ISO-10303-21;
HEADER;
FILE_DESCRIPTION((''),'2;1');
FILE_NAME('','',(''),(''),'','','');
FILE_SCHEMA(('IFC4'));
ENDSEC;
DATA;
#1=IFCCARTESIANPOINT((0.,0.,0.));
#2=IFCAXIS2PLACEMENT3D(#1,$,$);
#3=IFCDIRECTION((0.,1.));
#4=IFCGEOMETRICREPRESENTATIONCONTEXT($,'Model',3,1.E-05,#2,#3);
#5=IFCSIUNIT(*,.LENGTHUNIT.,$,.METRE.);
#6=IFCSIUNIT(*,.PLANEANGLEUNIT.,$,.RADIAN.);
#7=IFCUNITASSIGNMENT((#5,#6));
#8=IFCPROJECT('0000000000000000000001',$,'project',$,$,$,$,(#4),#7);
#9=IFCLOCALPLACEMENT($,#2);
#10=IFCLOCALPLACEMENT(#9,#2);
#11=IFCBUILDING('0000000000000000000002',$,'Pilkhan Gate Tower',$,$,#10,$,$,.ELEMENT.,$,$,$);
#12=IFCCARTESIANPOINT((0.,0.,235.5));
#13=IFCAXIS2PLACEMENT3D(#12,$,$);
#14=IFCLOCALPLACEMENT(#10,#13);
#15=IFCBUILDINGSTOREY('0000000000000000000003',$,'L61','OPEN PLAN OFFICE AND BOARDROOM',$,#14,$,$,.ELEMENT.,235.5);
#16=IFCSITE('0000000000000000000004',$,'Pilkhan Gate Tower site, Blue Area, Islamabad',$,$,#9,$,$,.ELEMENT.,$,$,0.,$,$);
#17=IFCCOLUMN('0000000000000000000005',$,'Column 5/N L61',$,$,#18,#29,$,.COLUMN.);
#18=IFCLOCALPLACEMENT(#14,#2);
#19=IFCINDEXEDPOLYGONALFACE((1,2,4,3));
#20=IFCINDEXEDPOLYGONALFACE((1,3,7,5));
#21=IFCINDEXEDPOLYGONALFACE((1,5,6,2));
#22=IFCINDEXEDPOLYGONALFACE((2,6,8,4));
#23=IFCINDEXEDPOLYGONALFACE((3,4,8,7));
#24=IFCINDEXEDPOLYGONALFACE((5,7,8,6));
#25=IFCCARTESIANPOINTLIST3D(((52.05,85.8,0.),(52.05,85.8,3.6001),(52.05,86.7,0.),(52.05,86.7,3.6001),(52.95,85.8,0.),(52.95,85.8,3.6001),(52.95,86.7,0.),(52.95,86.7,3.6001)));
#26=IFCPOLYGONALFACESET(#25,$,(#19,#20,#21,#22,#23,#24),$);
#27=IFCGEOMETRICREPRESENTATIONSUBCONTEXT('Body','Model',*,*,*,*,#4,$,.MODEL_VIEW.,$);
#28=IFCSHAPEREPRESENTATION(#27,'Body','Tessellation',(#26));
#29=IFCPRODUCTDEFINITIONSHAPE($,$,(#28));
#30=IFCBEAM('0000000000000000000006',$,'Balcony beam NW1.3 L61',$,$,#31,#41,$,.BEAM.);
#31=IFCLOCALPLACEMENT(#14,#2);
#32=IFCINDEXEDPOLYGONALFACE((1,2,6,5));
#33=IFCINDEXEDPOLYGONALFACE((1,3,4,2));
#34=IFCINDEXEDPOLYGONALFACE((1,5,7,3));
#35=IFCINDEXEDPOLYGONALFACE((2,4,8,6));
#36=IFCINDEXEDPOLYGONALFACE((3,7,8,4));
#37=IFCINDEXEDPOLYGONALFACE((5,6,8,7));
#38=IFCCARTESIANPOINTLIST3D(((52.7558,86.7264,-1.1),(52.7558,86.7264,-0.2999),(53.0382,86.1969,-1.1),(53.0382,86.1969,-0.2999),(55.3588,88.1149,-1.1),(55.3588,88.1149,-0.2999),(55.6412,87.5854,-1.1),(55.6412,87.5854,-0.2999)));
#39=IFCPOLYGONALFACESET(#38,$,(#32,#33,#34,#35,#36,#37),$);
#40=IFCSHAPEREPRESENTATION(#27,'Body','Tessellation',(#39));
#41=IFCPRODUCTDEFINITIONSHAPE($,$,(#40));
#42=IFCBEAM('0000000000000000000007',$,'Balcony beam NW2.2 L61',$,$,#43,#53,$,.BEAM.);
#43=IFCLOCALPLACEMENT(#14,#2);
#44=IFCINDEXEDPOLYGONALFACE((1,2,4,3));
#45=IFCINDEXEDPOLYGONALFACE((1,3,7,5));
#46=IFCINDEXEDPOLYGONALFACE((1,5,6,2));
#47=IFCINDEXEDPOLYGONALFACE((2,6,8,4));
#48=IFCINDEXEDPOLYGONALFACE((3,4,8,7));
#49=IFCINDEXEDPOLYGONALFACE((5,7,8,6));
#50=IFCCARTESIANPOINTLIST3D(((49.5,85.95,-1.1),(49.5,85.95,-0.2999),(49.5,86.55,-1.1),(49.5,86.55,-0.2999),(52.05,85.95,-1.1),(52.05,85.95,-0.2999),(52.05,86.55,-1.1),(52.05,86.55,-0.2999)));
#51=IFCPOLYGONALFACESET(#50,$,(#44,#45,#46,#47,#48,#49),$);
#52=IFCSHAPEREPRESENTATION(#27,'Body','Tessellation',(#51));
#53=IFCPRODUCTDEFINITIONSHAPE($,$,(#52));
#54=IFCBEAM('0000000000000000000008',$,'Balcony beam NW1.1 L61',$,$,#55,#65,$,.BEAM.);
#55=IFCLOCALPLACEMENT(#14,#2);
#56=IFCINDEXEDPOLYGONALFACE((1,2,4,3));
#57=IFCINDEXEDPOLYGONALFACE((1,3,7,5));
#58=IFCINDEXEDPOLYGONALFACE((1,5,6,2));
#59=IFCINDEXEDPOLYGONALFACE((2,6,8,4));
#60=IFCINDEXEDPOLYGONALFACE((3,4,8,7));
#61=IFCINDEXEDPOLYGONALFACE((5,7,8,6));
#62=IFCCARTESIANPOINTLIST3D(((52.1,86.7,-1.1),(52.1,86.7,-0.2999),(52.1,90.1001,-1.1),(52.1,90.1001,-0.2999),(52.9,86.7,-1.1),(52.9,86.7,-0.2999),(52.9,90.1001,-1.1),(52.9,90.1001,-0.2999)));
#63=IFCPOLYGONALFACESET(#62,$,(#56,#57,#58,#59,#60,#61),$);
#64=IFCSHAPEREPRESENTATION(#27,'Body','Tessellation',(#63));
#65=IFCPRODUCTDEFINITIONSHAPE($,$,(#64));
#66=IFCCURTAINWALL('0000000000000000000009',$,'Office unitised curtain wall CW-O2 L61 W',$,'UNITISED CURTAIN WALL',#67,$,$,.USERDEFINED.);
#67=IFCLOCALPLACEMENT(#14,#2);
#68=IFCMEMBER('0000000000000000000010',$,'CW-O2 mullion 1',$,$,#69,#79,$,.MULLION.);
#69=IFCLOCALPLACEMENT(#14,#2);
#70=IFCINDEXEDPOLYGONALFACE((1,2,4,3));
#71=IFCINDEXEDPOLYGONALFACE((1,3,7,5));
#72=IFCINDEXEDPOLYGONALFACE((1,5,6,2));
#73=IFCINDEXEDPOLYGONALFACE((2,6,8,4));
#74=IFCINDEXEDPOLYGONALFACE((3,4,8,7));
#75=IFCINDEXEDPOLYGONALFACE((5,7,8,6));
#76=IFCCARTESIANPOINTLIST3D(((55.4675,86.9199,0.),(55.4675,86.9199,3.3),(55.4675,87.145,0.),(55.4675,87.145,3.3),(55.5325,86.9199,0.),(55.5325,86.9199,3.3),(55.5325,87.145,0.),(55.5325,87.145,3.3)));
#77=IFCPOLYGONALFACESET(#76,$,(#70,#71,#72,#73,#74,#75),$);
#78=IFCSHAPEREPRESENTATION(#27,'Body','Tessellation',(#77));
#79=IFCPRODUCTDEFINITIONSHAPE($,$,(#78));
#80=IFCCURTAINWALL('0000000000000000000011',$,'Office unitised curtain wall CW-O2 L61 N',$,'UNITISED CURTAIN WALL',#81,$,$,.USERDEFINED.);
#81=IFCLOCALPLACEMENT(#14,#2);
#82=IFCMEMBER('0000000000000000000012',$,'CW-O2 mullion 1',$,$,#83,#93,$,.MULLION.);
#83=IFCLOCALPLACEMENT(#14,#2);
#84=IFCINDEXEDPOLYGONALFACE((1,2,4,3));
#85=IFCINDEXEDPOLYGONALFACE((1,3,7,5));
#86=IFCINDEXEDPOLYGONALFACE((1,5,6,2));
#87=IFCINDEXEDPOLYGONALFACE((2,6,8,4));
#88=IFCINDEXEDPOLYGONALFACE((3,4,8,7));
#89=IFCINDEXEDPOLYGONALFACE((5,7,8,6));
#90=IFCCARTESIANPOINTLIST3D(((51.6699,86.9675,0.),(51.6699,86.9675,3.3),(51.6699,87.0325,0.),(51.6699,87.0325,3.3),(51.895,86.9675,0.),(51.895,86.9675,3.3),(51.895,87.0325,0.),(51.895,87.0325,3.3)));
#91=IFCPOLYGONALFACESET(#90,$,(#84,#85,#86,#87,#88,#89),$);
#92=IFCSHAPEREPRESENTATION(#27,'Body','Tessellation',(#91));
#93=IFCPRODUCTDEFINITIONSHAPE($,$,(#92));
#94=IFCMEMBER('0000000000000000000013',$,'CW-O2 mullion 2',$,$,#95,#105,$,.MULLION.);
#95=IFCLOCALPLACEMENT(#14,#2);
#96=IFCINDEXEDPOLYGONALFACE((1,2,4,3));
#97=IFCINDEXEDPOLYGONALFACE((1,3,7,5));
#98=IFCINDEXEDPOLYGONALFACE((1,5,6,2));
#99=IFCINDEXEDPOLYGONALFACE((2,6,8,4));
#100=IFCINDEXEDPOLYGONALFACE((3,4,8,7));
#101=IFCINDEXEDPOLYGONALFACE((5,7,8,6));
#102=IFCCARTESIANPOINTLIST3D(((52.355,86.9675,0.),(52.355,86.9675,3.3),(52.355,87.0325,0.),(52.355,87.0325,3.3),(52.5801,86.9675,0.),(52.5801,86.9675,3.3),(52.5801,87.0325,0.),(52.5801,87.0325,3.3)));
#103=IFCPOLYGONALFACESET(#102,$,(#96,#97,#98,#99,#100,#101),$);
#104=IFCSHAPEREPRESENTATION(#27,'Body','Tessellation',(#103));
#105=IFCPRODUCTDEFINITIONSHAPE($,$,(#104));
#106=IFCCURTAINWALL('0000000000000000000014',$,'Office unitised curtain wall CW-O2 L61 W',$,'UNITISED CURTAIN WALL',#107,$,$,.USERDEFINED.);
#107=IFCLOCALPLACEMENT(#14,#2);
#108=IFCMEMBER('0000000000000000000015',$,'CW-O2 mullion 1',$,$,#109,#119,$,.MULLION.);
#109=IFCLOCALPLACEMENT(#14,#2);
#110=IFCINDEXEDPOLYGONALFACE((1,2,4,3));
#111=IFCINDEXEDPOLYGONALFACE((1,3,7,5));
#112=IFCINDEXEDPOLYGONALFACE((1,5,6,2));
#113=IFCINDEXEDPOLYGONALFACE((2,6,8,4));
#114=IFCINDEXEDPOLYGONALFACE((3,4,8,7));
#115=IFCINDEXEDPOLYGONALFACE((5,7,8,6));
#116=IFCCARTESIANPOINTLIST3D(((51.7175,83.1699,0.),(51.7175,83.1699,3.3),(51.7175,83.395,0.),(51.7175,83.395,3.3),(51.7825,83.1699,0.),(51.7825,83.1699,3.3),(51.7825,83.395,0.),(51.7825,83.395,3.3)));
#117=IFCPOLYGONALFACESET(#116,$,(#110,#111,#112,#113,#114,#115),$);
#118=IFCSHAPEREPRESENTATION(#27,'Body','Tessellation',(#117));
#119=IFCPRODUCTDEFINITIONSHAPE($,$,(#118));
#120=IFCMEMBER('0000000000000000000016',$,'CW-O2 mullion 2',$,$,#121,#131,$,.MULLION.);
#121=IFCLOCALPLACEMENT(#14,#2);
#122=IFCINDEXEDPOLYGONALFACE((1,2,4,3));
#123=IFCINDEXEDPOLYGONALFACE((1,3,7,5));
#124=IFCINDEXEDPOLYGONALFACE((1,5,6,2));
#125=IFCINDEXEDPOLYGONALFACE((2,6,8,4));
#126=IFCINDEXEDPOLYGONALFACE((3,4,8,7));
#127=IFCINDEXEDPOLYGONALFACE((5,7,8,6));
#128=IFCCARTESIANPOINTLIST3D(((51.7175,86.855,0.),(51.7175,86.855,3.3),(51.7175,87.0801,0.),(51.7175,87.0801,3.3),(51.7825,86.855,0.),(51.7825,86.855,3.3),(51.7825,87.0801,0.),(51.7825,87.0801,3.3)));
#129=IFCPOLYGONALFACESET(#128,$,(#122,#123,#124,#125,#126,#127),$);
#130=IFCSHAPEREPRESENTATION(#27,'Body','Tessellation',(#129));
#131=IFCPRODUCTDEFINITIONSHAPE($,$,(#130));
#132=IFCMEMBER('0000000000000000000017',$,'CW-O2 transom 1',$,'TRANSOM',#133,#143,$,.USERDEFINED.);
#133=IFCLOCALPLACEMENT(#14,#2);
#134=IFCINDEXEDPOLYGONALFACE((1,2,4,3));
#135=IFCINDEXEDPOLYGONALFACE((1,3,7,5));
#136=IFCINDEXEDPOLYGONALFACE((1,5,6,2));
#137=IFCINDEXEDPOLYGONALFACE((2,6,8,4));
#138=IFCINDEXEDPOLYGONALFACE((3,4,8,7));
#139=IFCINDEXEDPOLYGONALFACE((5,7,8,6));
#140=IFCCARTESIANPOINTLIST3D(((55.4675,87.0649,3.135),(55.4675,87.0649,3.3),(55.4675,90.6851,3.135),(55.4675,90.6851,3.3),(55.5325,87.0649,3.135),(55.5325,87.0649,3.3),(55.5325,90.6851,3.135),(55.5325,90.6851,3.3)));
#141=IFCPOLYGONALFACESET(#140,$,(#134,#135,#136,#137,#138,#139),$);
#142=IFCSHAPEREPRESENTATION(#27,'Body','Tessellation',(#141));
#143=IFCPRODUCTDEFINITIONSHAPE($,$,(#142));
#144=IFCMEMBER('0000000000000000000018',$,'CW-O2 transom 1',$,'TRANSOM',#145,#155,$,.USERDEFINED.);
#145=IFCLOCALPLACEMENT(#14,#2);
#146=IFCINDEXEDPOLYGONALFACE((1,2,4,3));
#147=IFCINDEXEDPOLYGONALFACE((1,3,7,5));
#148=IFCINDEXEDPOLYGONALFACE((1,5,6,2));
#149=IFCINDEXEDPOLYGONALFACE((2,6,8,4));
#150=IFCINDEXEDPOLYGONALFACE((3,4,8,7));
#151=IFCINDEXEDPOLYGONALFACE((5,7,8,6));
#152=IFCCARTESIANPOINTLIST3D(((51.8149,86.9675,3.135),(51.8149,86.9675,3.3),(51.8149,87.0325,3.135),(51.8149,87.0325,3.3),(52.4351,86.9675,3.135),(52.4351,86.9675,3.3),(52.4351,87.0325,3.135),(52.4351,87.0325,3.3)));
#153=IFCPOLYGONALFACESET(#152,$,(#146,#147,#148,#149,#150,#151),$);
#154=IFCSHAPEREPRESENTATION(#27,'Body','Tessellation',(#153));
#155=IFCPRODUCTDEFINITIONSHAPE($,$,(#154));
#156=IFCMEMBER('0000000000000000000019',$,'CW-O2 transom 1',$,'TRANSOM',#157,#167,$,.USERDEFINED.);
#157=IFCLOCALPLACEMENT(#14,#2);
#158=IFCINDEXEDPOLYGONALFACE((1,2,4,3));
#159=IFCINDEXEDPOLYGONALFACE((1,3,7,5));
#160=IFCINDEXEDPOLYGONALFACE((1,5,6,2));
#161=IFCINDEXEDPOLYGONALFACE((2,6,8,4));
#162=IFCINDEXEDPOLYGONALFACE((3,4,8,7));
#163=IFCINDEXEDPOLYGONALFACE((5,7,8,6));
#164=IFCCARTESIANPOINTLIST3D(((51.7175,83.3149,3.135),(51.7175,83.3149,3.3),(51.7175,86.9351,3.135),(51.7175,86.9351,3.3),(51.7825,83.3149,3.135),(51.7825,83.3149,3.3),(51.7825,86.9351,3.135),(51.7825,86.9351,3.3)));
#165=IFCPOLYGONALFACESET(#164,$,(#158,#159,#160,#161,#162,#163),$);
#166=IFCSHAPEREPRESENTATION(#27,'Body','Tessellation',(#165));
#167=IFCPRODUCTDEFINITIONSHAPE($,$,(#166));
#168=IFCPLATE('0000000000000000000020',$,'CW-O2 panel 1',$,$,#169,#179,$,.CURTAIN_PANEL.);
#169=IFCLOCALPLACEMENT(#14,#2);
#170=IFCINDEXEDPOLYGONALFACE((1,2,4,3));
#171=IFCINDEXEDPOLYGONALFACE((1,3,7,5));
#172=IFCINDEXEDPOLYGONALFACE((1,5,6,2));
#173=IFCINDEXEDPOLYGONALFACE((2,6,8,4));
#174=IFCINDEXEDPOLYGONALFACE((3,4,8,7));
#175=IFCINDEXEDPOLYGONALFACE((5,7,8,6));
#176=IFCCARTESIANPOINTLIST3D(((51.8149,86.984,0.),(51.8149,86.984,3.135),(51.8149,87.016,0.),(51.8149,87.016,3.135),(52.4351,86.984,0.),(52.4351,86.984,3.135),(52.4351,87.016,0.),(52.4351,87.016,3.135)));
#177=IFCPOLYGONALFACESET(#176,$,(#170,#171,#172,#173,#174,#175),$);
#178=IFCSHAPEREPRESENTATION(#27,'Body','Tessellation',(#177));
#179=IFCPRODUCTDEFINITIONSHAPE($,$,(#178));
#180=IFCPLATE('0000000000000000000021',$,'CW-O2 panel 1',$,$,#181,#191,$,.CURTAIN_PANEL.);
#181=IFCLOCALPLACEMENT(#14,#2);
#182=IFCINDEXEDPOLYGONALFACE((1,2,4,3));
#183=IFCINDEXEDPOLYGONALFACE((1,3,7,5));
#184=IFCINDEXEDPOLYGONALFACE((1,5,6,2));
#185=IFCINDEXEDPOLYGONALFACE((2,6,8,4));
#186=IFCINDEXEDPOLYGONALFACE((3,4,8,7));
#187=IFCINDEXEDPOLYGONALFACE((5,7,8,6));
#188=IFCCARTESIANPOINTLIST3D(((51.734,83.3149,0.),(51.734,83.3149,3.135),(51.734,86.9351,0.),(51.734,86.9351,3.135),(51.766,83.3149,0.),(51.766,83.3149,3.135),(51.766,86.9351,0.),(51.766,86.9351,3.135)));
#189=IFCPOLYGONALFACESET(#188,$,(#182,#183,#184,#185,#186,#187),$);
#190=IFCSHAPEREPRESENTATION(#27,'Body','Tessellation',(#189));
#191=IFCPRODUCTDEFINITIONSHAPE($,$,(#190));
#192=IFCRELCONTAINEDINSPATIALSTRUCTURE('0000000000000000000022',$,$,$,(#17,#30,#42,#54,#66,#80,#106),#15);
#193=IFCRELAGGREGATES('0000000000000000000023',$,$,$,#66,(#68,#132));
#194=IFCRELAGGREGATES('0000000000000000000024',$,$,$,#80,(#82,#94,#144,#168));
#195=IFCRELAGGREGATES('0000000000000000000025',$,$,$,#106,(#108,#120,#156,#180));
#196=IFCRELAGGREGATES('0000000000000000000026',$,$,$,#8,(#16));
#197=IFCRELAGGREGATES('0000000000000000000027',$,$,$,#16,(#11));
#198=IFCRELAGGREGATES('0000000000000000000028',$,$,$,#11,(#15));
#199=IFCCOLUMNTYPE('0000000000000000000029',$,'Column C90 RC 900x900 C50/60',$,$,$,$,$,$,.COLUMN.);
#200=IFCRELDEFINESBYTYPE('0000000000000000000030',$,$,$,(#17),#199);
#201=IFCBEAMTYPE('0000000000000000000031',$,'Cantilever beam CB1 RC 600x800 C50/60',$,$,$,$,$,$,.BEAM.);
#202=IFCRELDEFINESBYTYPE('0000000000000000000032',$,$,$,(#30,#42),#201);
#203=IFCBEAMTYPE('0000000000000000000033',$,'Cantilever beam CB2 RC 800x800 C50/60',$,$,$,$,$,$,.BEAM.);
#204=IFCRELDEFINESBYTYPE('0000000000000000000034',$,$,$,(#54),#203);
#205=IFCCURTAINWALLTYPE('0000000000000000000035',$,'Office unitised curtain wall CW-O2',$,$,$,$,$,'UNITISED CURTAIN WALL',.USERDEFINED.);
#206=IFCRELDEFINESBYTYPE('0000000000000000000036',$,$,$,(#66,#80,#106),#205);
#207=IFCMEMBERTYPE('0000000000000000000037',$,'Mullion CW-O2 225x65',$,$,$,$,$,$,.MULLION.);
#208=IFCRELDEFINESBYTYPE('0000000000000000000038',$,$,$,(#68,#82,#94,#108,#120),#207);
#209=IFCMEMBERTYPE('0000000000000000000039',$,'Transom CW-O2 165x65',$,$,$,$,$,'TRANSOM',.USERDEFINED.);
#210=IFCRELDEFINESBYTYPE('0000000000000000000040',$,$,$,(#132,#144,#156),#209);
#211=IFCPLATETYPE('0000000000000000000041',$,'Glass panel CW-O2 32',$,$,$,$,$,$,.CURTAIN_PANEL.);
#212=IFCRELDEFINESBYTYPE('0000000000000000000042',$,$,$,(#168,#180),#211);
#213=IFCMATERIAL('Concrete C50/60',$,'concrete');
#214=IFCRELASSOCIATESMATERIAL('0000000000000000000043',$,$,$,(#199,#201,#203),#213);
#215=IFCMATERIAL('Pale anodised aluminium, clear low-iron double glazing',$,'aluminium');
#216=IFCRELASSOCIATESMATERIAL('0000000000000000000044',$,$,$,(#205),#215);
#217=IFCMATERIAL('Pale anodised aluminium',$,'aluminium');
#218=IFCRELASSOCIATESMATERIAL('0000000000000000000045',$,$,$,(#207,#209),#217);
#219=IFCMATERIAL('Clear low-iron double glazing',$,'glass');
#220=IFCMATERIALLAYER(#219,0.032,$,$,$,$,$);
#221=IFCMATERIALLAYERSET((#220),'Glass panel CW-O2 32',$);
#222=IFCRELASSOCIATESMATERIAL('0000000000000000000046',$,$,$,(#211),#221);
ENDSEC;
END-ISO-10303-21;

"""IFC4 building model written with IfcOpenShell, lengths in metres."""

from ifc_helpers import new_model, si_unit, direction, frame, origin, origin_2d, place, context, subcontext, project, spatial, rectangle, extrude, material, layer, layer_set, material_profile, profile_set, type_object, element, aggregate, save


model = new_model("IFC4")

# Units and contexts
model_context = context("Model", 3, precision=1e-05, world=origin(), true_north=direction((0.0, 1.0)))
body_context = subcontext(model_context, "Body", "Model", "MODEL_VIEW")
ifc_project = project(units=[si_unit("LENGTHUNIT", "METRE"), si_unit("PLANEANGLEUNIT", "RADIAN")], contexts=[model_context])

# Site, building, storey
site_placement = place(None, origin())
site = spatial("IfcSite", under=ifc_project, at=site_placement, Name="Pilkhan Gate Tower site, Blue Area, Islamabad", CompositionType="ELEMENT", RefElevation=0.0)
building_placement = place(site_placement, origin())
building = spatial("IfcBuilding", under=site, at=building_placement, Name="Pilkhan Gate Tower", CompositionType="ELEMENT")
storey_placement = place(building_placement, frame((0.0, 0.0, 235.5)))
storey = spatial("IfcBuildingStorey", under=building, at=storey_placement, Name="L61", Description="OPEN PLAN OFFICE AND BOARDROOM", CompositionType="ELEMENT", Elevation=235.5)

# Column
ifc_material_1 = material(Name="Concrete C50/60", Category="concrete")
ifc_material_profile_1 = material_profile(ifc_material_1, rectangle(XDim=0.8999, YDim=0.8999, at=origin_2d()), Name="RC 900x900")
ifc_profile_set_1 = profile_set([ifc_material_profile_1], Name="Concrete C50/60")
column_type = type_object("IfcColumnType", Name="Column C90 RC 900x900 C50/60", PredefinedType="COLUMN", material=ifc_profile_set_1)
column_placement = place(storey_placement, frame((52.5, 86.25, 0.0), z_axis=(0.0, 0.0, 1.0), x_axis=(1.0, 0.0, 0.0)))
element("IfcColumn", 1, at=column_placement, inside=storey, type_object=column_type, Name="Column 5/N L61", PredefinedType="COLUMN", context=body_context, shape_type="SweptSolid", body=[
    extrude(rectangle(XDim=0.8999, YDim=0.8999, at=origin_2d()), origin(), (0.0, 0.0, 1.0), 3.6001),
])

# Beams
ifc_material_profile_2 = material_profile(ifc_material_1, rectangle(XDim=0.6001, YDim=0.8, at=origin_2d()), Name="RC 600x800")
ifc_profile_set_2 = profile_set([ifc_material_profile_2], Name="Concrete C50/60")
beam_type_1 = type_object("IfcBeamType", Name="Cantilever beam CB1 RC 600x800 C50/60", PredefinedType="BEAM", material=ifc_profile_set_2)
beam_1_placement = place(storey_placement, frame((52.897, 86.4617, -0.7), z_axis=(0.882332, 0.470627, 0.0), x_axis=(-0.470627, 0.882332, 0.0)))
element("IfcBeam", 2, at=beam_1_placement, inside=storey, type_object=beam_type_1, Name="Balcony beam NW1.3 L61", PredefinedType="BEAM", context=body_context, shape_type="SweptSolid", body=[
    extrude(rectangle(XDim=0.6001, YDim=0.8, at=origin_2d()), origin(), (0.0, 0.0, 1.0), 2.9502),
])
beam_2_placement = place(storey_placement, frame((52.05, 86.25, -0.7), z_axis=(-1.0, 0.0, 0.0), x_axis=(0.0, -1.0, 0.0)))
element("IfcBeam", 3, at=beam_2_placement, inside=storey, type_object=beam_type_1, Name="Balcony beam NW2.2 L61", PredefinedType="BEAM", context=body_context, shape_type="SweptSolid", body=[
    extrude(rectangle(XDim=0.6001, YDim=0.8, at=origin_2d()), origin(), (0.0, 0.0, 1.0), 2.55),
])
ifc_material_profile_3 = material_profile(ifc_material_1, rectangle(XDim=0.8, YDim=0.8, at=origin_2d()), Name="RC 800x800")
ifc_profile_set_3 = profile_set([ifc_material_profile_3], Name="Concrete C50/60")
beam_type_2 = type_object("IfcBeamType", Name="Cantilever beam CB2 RC 800x800 C50/60", PredefinedType="BEAM", material=ifc_profile_set_3)
beam_3_placement = place(storey_placement, frame((52.5, 86.7, -0.7), z_axis=(0.0, 1.0, 0.0), x_axis=(-1.0, 0.0, 0.0)))
element("IfcBeam", 4, at=beam_3_placement, inside=storey, type_object=beam_type_2, Name="Balcony beam NW1.1 L61", PredefinedType="BEAM", context=body_context, shape_type="SweptSolid", body=[
    extrude(rectangle(XDim=0.8, YDim=0.8, at=origin_2d()), origin(), (0.0, 0.0, 1.0), 3.4001),
])

# Curtain wall, member
ifc_material_2 = material(Name="Pale anodised aluminium, clear low-iron double glazing", Category="aluminium")
curtain_wall_type = type_object("IfcCurtainWallType", Name="Office unitised curtain wall CW-O2", ElementType="UNITISED CURTAIN WALL", PredefinedType="USERDEFINED", material=ifc_material_2)
curtain_wall_1_placement = place(storey_placement, origin())
curtain_wall_1 = element("IfcCurtainWall", 5, at=curtain_wall_1_placement, inside=storey, type_object=curtain_wall_type, Name="Office unitised curtain wall CW-O2 L61 W", ObjectType="UNITISED CURTAIN WALL", PredefinedType="USERDEFINED")
ifc_material_3 = material(Name="Pale anodised aluminium", Category="aluminium")
ifc_material_profile_4 = material_profile(ifc_material_3, rectangle(XDim=0.0649, YDim=0.2251, at=origin_2d()), Name="Mullion 225x65")
ifc_profile_set_4 = profile_set([ifc_material_profile_4], Name="Pale anodised aluminium")
member_type_1 = type_object("IfcMemberType", Name="Mullion CW-O2 225x65", PredefinedType="MULLION", material=ifc_profile_set_4)
member_1_placement = place(storey_placement, frame((55.5, 87.0325, 0.0), z_axis=(0.0, 0.0, 1.0), x_axis=(-1.0, 0.0, 0.0)))
member_1 = element("IfcMember", 6, at=member_1_placement, type_object=member_type_1, Name="CW-O2 mullion 1", PredefinedType="MULLION", context=body_context, shape_type="SweptSolid", body=[
    extrude(rectangle(XDim=0.0649, YDim=0.2251, at=origin_2d()), origin(), (0.0, 0.0, 1.0), 3.3),
])

# Curtain walls, members
curtain_wall_2_placement = place(storey_placement, origin())
curtain_wall_2 = element("IfcCurtainWall", 7, at=curtain_wall_2_placement, inside=storey, type_object=curtain_wall_type, Name="Office unitised curtain wall CW-O2 L61 N", ObjectType="UNITISED CURTAIN WALL", PredefinedType="USERDEFINED")
member_2_placement = place(storey_placement, frame((51.7825, 87.0, 0.0), z_axis=(0.0, 0.0, 1.0), x_axis=(0.0, 1.0, 0.0)))
member_2 = element("IfcMember", 8, at=member_2_placement, type_object=member_type_1, Name="CW-O2 mullion 1", PredefinedType="MULLION", context=body_context, shape_type="SweptSolid", body=[
    extrude(rectangle(XDim=0.0649, YDim=0.2251, at=origin_2d()), origin(), (0.0, 0.0, 1.0), 3.3),
])
member_3_placement = place(storey_placement, frame((52.4675, 87.0, 0.0), z_axis=(0.0, 0.0, 1.0), x_axis=(0.0, 1.0, 0.0)))
member_3 = element("IfcMember", 9, at=member_3_placement, type_object=member_type_1, Name="CW-O2 mullion 2", PredefinedType="MULLION", context=body_context, shape_type="SweptSolid", body=[
    extrude(rectangle(XDim=0.0649, YDim=0.2251, at=origin_2d()), origin(), (0.0, 0.0, 1.0), 3.3),
])
curtain_wall_3_placement = place(storey_placement, origin())
curtain_wall_3 = element("IfcCurtainWall", 10, at=curtain_wall_3_placement, inside=storey, type_object=curtain_wall_type, Name="Office unitised curtain wall CW-O2 L61 W", ObjectType="UNITISED CURTAIN WALL", PredefinedType="USERDEFINED")
member_4_placement = place(storey_placement, frame((51.75, 83.2825, 0.0), z_axis=(0.0, 0.0, 1.0), x_axis=(-1.0, 0.0, 0.0)))
member_4 = element("IfcMember", 11, at=member_4_placement, type_object=member_type_1, Name="CW-O2 mullion 1", PredefinedType="MULLION", context=body_context, shape_type="SweptSolid", body=[
    extrude(rectangle(XDim=0.0649, YDim=0.2251, at=origin_2d()), origin(), (0.0, 0.0, 1.0), 3.3),
])
member_5_placement = place(storey_placement, frame((51.75, 86.9675, 0.0), z_axis=(0.0, 0.0, 1.0), x_axis=(-1.0, 0.0, 0.0)))
member_5 = element("IfcMember", 12, at=member_5_placement, type_object=member_type_1, Name="CW-O2 mullion 2", PredefinedType="MULLION", context=body_context, shape_type="SweptSolid", body=[
    extrude(rectangle(XDim=0.0649, YDim=0.2251, at=origin_2d()), origin(), (0.0, 0.0, 1.0), 3.3),
])

# Members
ifc_material_profile_5 = material_profile(ifc_material_3, rectangle(XDim=0.0649, YDim=0.165, at=origin_2d()), Name="Transom 165x65")
ifc_profile_set_5 = profile_set([ifc_material_profile_5], Name="Pale anodised aluminium")
member_type_2 = type_object("IfcMemberType", Name="Transom CW-O2 165x65", ElementType="TRANSOM", PredefinedType="USERDEFINED", material=ifc_profile_set_5)
member_6_placement = place(storey_placement, frame((55.5, 87.0649, 3.2175), z_axis=(0.0, 1.0, 0.0), x_axis=(-1.0, 0.0, 0.0)))
member_6 = element("IfcMember", 13, at=member_6_placement, type_object=member_type_2, Name="CW-O2 transom 1", ObjectType="TRANSOM", PredefinedType="USERDEFINED", context=body_context, shape_type="SweptSolid", body=[
    extrude(rectangle(XDim=0.0649, YDim=0.165, at=origin_2d()), origin(), (0.0, 0.0, 1.0), 3.6201),
])
aggregate(curtain_wall_1, [member_1, member_6])
member_7_placement = place(storey_placement, frame((51.8149, 87.0, 3.2175), z_axis=(1.0, 0.0, 0.0), x_axis=(0.0, 1.0, 0.0)))
member_7 = element("IfcMember", 14, at=member_7_placement, type_object=member_type_2, Name="CW-O2 transom 1", ObjectType="TRANSOM", PredefinedType="USERDEFINED", context=body_context, shape_type="SweptSolid", body=[
    extrude(rectangle(XDim=0.0649, YDim=0.165, at=origin_2d()), origin(), (0.0, 0.0, 1.0), 0.6201),
])
member_8_placement = place(storey_placement, frame((51.75, 83.3149, 3.2175), z_axis=(0.0, 1.0, 0.0), x_axis=(-1.0, 0.0, 0.0)))
member_8 = element("IfcMember", 15, at=member_8_placement, type_object=member_type_2, Name="CW-O2 transom 1", ObjectType="TRANSOM", PredefinedType="USERDEFINED", context=body_context, shape_type="SweptSolid", body=[
    extrude(rectangle(XDim=0.0649, YDim=0.165, at=origin_2d()), origin(), (0.0, 0.0, 1.0), 3.6201),
])

# Plates
ifc_material_4 = material(Name="Clear low-iron double glazing", Category="glass")
ifc_layer_1 = layer(ifc_material_4, 0.032)
ifc_layer_set_1 = layer_set([ifc_layer_1], Name="Glass panel CW-O2 32")
plate_type = type_object("IfcPlateType", Name="Glass panel CW-O2 32", PredefinedType="CURTAIN_PANEL", material=ifc_layer_set_1)
plate_1_placement = place(storey_placement, frame((52.125, 87.0, 0.0), z_axis=(0.0, 0.0, 1.0), x_axis=(1.0, 0.0, 0.0)))
plate_1 = element("IfcPlate", 16, at=plate_1_placement, type_object=plate_type, Name="CW-O2 panel 1", PredefinedType="CURTAIN_PANEL", context=body_context, shape_type="SweptSolid", body=[
    extrude(rectangle(XDim=0.6201, YDim=0.032, at=origin_2d()), origin(), (0.0, 0.0, 1.0), 3.135),
])
aggregate(curtain_wall_2, [member_2, member_3, member_7, plate_1])
plate_2_placement = place(storey_placement, frame((51.75, 85.125, 0.0), z_axis=(0.0, 0.0, 1.0), x_axis=(0.0, 1.0, 0.0)))
plate_2 = element("IfcPlate", 17, at=plate_2_placement, type_object=plate_type, Name="CW-O2 panel 1", PredefinedType="CURTAIN_PANEL", context=body_context, shape_type="SweptSolid", body=[
    extrude(rectangle(XDim=3.6201, YDim=0.032, at=origin_2d()), origin(), (0.0, 0.0, 1.0), 3.135),
])
aggregate(curtain_wall_3, [member_4, member_5, member_8, plate_2])

save(model, "model.ifc")
